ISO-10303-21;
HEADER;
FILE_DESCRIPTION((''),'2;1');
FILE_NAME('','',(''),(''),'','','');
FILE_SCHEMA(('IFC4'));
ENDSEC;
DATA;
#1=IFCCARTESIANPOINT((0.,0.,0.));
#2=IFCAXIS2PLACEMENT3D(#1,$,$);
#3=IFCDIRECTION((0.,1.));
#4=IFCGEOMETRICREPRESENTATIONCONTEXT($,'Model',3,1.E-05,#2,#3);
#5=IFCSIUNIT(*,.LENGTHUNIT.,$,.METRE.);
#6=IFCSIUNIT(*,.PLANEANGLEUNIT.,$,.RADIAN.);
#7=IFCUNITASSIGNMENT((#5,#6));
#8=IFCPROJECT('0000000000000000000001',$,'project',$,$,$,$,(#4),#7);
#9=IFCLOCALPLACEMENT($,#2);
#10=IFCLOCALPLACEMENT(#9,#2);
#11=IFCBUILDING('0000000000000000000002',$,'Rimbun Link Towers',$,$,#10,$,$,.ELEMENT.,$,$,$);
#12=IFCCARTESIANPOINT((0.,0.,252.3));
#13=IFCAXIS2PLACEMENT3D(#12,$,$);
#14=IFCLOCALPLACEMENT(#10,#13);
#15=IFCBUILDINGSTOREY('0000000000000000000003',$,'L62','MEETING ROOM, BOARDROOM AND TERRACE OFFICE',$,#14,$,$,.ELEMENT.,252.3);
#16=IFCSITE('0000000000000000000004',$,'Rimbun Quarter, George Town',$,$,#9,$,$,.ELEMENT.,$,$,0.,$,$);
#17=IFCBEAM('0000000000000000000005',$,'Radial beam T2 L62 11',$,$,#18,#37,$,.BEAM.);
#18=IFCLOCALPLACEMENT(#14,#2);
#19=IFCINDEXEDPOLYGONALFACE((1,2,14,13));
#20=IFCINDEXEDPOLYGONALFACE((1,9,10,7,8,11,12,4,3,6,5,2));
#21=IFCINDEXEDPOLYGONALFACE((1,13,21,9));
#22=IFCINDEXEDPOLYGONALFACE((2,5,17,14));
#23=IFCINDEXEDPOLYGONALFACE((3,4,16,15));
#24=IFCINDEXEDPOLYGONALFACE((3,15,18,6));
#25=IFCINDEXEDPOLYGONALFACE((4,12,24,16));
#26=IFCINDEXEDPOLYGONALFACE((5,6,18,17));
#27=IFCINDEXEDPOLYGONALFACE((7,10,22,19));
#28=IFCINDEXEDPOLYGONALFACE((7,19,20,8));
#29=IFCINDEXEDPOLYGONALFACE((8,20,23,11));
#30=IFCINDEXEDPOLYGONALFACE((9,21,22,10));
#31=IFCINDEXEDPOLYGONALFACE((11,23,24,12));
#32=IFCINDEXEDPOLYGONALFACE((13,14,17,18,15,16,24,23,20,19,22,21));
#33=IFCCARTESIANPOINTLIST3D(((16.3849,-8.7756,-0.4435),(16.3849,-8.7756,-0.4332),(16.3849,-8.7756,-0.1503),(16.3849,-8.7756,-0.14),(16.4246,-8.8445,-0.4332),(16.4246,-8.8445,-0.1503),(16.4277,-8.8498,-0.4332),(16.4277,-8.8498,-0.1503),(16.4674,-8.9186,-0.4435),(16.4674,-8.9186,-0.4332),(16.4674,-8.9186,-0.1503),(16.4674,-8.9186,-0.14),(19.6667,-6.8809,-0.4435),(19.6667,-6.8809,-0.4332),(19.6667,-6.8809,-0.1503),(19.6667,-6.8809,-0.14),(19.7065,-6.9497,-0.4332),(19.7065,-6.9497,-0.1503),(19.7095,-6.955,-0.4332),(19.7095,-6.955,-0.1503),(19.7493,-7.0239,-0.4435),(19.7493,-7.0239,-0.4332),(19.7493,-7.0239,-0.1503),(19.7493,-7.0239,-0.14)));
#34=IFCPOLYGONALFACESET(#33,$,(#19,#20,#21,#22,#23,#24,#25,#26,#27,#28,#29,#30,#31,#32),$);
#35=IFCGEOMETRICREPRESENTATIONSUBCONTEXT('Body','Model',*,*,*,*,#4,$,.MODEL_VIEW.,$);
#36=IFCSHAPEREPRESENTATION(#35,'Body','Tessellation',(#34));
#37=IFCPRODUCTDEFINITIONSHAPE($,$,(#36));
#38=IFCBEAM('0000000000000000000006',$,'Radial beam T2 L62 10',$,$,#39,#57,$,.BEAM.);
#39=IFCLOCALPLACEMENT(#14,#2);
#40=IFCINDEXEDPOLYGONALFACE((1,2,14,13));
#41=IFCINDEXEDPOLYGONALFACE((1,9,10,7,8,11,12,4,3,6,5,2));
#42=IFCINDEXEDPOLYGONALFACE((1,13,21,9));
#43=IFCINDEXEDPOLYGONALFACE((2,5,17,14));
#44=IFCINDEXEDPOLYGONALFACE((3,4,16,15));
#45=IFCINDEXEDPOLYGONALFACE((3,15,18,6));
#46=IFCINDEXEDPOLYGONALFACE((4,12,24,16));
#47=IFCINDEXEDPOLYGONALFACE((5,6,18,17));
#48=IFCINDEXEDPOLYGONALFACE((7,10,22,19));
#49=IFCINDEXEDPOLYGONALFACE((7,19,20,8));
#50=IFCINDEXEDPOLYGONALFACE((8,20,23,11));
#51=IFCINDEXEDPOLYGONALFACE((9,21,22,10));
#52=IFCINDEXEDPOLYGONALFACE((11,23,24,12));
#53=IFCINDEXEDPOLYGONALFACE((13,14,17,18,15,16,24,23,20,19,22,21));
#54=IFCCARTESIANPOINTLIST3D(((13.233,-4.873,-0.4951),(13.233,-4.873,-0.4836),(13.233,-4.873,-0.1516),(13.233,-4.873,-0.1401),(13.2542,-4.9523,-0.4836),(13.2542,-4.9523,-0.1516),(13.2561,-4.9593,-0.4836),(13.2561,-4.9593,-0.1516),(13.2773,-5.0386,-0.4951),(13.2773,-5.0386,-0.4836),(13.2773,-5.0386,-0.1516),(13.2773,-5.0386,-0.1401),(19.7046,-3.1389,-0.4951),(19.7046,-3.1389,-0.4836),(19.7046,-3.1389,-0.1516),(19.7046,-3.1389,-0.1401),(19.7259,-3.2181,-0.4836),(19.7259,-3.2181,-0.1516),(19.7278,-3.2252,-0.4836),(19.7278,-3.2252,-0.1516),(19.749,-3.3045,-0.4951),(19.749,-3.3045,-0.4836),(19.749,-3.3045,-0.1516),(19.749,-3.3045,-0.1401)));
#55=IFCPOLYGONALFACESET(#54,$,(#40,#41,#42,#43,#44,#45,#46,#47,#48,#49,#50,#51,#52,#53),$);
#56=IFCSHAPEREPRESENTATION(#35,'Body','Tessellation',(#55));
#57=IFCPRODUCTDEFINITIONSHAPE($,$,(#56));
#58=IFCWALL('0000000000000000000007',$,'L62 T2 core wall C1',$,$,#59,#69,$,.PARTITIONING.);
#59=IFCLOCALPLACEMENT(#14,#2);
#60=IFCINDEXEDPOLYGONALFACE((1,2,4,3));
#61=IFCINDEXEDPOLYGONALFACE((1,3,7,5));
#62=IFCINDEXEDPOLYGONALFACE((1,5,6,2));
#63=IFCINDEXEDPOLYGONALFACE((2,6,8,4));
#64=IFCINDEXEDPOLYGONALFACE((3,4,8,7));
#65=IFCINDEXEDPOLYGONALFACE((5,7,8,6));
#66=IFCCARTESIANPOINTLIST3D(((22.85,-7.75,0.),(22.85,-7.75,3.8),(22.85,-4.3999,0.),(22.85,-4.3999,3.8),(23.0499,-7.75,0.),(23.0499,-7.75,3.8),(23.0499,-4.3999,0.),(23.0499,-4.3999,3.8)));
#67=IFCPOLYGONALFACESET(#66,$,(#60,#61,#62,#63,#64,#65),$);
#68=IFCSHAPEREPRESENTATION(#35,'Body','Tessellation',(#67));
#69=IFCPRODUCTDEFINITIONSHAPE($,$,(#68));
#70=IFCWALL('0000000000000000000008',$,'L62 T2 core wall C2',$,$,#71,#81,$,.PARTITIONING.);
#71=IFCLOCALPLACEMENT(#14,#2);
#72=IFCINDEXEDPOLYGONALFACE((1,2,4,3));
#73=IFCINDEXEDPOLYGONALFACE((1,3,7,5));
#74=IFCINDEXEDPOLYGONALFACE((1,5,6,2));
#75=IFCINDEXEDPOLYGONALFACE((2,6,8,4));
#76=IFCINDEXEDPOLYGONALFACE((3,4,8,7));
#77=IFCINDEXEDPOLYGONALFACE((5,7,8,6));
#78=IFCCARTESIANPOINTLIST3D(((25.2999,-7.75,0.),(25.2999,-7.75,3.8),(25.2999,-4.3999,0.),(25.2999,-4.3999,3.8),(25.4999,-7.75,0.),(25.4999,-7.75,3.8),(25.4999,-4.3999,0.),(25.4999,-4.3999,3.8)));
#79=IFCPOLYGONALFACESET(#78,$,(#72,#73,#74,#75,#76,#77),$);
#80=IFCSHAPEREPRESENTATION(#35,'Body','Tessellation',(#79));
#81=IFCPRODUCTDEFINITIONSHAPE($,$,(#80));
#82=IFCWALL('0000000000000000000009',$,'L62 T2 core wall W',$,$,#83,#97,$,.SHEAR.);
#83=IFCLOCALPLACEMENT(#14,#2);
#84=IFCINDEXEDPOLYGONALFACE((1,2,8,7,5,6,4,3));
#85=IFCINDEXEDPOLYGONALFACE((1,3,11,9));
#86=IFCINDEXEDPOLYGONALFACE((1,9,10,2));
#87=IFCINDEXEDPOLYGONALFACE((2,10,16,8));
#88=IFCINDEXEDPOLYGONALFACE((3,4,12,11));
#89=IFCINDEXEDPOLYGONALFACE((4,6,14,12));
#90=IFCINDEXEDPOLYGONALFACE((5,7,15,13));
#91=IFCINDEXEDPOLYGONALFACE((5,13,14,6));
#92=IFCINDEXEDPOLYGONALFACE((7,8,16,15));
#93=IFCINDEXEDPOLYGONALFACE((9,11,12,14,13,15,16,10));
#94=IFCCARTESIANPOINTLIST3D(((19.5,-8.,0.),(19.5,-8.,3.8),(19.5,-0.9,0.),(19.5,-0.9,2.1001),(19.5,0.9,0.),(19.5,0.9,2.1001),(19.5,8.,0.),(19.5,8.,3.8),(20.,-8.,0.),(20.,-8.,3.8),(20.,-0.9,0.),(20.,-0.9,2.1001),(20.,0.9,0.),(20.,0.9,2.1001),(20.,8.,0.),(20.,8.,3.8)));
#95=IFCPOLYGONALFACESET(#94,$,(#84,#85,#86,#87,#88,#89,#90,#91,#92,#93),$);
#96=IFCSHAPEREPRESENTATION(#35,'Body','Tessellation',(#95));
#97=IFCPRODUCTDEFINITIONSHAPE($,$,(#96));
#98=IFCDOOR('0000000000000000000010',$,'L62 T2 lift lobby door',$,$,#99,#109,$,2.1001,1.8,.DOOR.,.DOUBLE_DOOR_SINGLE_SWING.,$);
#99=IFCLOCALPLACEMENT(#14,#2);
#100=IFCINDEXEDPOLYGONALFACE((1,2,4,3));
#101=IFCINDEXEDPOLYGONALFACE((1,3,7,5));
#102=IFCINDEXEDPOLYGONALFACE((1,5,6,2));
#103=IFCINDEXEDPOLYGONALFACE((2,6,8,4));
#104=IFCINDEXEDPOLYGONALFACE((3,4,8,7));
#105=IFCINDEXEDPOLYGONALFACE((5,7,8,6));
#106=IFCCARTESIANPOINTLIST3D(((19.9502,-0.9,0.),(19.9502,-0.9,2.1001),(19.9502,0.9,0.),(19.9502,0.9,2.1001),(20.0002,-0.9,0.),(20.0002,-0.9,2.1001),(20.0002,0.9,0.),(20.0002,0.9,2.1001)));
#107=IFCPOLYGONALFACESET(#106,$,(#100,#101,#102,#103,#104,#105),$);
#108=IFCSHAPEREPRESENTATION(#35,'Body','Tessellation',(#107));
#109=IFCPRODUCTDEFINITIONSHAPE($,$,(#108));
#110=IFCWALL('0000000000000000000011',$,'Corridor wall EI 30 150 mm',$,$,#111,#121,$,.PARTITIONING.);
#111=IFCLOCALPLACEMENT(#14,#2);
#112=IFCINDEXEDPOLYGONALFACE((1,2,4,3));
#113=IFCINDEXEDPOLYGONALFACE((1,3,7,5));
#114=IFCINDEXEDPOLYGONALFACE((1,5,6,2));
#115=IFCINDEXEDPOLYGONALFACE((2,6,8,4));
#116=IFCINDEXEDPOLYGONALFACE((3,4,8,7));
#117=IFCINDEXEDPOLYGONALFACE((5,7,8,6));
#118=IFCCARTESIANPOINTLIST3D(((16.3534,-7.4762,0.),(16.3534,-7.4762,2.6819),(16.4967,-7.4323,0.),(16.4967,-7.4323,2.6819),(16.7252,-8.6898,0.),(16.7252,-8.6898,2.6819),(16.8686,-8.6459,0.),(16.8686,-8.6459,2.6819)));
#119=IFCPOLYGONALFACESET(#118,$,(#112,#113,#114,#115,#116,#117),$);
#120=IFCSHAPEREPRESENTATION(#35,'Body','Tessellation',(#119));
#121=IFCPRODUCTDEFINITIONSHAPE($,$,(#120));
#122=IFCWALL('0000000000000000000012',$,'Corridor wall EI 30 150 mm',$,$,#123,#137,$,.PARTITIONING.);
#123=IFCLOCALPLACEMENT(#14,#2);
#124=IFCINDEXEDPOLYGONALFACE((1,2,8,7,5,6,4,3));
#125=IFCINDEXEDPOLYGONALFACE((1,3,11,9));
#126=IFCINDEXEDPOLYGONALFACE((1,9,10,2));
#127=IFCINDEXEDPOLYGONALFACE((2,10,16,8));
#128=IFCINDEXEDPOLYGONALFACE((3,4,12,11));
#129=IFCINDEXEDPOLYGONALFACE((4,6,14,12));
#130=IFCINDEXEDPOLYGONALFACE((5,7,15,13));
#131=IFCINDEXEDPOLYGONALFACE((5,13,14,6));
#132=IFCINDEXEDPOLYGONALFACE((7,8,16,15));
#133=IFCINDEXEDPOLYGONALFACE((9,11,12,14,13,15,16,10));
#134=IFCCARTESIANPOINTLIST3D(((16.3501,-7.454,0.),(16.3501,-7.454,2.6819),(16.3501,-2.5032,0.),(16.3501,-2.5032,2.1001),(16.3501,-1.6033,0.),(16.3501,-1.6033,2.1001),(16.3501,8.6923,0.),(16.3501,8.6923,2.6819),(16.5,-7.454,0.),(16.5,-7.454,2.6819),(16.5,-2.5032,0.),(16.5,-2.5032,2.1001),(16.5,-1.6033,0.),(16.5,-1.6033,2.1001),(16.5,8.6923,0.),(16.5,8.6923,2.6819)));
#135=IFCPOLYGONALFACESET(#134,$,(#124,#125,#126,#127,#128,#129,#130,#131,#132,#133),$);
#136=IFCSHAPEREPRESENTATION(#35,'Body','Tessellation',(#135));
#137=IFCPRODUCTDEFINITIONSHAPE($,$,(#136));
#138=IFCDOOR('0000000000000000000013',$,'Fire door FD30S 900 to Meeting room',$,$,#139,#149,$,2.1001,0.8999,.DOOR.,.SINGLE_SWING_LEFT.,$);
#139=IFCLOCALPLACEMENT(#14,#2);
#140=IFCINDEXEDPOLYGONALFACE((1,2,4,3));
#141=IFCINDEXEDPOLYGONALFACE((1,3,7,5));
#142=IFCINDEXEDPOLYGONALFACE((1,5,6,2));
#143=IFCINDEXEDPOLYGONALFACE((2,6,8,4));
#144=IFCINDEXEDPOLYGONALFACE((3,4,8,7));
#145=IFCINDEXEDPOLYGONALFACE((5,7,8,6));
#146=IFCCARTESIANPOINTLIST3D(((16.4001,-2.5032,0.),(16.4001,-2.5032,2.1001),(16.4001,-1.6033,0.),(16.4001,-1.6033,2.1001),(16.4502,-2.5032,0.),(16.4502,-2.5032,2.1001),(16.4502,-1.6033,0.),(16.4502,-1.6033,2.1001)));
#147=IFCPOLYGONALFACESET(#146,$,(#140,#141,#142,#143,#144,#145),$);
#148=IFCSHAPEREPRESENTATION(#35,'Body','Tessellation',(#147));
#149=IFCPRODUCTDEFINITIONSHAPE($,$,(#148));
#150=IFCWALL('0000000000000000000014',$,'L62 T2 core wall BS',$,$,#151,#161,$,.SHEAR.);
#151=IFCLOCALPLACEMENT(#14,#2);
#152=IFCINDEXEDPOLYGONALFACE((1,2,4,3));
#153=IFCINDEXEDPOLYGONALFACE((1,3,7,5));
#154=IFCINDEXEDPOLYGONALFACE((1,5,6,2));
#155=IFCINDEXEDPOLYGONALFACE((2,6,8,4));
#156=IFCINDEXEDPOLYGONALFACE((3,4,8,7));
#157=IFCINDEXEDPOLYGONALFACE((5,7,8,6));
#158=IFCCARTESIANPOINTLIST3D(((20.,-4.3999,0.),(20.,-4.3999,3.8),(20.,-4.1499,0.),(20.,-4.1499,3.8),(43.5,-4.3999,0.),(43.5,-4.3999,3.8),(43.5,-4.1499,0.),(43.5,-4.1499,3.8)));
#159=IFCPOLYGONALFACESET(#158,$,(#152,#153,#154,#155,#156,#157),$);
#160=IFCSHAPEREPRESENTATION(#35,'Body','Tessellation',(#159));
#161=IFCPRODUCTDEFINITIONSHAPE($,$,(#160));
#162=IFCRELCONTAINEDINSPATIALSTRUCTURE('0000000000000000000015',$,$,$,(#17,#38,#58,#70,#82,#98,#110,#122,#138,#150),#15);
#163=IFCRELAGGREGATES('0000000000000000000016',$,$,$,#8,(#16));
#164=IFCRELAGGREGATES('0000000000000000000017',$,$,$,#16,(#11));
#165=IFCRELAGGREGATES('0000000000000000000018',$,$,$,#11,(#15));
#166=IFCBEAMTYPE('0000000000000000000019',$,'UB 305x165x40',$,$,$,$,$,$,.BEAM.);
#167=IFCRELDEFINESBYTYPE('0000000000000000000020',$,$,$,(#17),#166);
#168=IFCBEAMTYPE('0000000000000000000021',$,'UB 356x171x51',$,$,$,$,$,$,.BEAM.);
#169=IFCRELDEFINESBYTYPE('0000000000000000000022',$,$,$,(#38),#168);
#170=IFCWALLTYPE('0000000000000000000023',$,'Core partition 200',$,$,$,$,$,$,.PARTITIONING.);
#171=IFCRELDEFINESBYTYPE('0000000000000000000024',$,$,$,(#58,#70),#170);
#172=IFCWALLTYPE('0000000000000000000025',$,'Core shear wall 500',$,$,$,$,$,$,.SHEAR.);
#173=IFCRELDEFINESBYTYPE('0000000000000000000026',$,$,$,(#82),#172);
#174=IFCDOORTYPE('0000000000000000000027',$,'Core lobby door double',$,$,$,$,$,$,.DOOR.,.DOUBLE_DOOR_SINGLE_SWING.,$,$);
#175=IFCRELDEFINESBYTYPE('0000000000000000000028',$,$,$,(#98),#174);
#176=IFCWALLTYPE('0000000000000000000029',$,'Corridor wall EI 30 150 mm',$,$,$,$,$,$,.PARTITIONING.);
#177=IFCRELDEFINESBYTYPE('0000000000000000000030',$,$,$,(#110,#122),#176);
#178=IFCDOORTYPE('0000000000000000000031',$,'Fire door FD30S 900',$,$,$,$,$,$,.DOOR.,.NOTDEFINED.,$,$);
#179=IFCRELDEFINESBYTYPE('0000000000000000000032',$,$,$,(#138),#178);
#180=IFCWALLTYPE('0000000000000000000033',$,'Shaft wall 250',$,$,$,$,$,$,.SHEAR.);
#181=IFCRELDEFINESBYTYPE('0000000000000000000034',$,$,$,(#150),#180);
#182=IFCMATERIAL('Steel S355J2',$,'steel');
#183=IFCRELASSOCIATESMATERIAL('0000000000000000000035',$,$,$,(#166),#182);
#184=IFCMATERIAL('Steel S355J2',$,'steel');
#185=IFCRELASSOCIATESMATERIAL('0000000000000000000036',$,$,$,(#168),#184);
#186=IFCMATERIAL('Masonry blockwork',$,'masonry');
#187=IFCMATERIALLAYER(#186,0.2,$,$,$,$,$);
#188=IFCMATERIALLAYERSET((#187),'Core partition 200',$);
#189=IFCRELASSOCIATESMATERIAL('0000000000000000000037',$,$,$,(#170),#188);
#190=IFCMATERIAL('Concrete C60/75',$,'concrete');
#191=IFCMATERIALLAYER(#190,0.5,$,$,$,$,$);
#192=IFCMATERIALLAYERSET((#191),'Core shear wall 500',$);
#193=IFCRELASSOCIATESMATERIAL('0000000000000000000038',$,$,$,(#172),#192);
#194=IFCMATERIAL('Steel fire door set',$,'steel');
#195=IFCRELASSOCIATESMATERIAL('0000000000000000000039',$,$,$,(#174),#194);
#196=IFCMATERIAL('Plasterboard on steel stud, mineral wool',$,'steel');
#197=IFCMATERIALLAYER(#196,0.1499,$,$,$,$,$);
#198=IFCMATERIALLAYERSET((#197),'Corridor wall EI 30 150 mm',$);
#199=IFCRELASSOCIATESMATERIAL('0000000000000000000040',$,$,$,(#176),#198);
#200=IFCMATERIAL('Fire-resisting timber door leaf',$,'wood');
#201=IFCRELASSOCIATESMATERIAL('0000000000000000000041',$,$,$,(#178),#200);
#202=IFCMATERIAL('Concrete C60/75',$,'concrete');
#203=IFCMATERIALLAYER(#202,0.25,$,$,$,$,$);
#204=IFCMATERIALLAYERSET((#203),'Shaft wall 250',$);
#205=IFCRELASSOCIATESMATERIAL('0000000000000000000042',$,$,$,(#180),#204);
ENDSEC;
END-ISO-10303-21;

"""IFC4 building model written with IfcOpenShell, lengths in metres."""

from ifc_helpers import new_model, si_unit, direction, frame, frame_2d, origin, origin_2d, place, context, subcontext, project, spatial, rectangle, i_section, extrude, material, layer, layer_set, material_profile, profile_set, type_object, element, fill, save


model = new_model("IFC4")

# Units and contexts
model_context = context("Model", 3, precision=1e-05, world=origin(), true_north=direction((0.0, 1.0)))
body_context = subcontext(model_context, "Body", "Model", "MODEL_VIEW")
ifc_project = project(units=[si_unit("LENGTHUNIT", "METRE"), si_unit("PLANEANGLEUNIT", "RADIAN")], contexts=[model_context])

# Site, building, storey
site_placement = place(None, origin())
site = spatial("IfcSite", under=ifc_project, at=site_placement, Name="Rimbun Quarter, George Town", CompositionType="ELEMENT", RefElevation=0.0)
building_placement = place(site_placement, origin())
building = spatial("IfcBuilding", under=site, at=building_placement, Name="Rimbun Link Towers", CompositionType="ELEMENT")
storey_placement = place(building_placement, frame((0.0, 0.0, 252.3)))
storey = spatial("IfcBuildingStorey", under=building, at=storey_placement, Name="L62", Description="MEETING ROOM, BOARDROOM AND TERRACE OFFICE", CompositionType="ELEMENT", Elevation=252.3)

# Beams
ifc_material_1 = material(Name="Steel S355J2", Category="steel")
ifc_material_profile_1 = material_profile(ifc_material_1, i_section(OverallWidth=0.165, OverallDepth=0.3035, WebThickness=0.0061, FlangeThickness=0.0103, at=origin_2d()), Name="UB 305x165x40")
ifc_profile_set_1 = profile_set([ifc_material_profile_1], Name="Steel S355J2")
beam_type_1 = type_object("IfcBeamType", Name="UB 305x165x40", PredefinedType="BEAM", material=ifc_profile_set_1)
beam_1_placement = place(storey_placement, frame((19.708, -6.9524, -0.2917), z_axis=(-0.866034, -0.499985, 0.0), x_axis=(0.499985, -0.866034, 0.0)))
element("IfcBeam", 1, at=beam_1_placement, inside=storey, type_object=beam_type_1, Name="Radial beam T2 L62 11", PredefinedType="BEAM", context=body_context, shape_type="SweptSolid", body=[
    extrude(i_section(OverallWidth=0.165, OverallDepth=0.3035, WebThickness=0.0061, FlangeThickness=0.0103, at=origin_2d()), origin(), (0.0, 0.0, 1.0), 3.7896),
])
ifc_material_2 = material(Name="Steel S355J2", Category="steel")
ifc_material_profile_2 = material_profile(ifc_material_2, i_section(OverallWidth=0.1714, OverallDepth=0.355, WebThickness=0.0073, FlangeThickness=0.0115, at=origin_2d()), Name="UB 356x171x51")
ifc_profile_set_2 = profile_set([ifc_material_profile_2], Name="Steel S355J2")
beam_type_2 = type_object("IfcBeamType", Name="UB 356x171x51", PredefinedType="BEAM", material=ifc_profile_set_2)
beam_2_placement = place(storey_placement, frame((19.7268, -3.2217, -0.3176), z_axis=(-0.965924, -0.258826, 0.0), x_axis=(0.258826, -0.965924, 0.0)))
element("IfcBeam", 2, at=beam_2_placement, inside=storey, type_object=beam_type_2, Name="Radial beam T2 L62 10", PredefinedType="BEAM", context=body_context, shape_type="SweptSolid", body=[
    extrude(i_section(OverallWidth=0.1714, OverallDepth=0.355, WebThickness=0.0073, FlangeThickness=0.0115, at=origin_2d()), origin(), (0.0, 0.0, 1.0), 6.7),
])

# Walls
ifc_material_3 = material(Name="Masonry blockwork", Category="masonry")
ifc_layer_1 = layer(ifc_material_3, 0.2)
ifc_layer_set_1 = layer_set([ifc_layer_1], Name="Core partition 200")
wall_type_1 = type_object("IfcWallType", Name="Core partition 200", PredefinedType="PARTITIONING", material=ifc_layer_set_1)
for number, where, z_axis, x_axis, name in (
    (3, (22.95, -4.3999, 0.0), (0.0, 0.0, 1.0), (0.0, -1.0, 0.0), "L62 T2 core wall C1"),
    (4, (25.3999, -4.3999, 0.0), (0.0, 0.0, 1.0), (0.0, -1.0, 0.0), "L62 T2 core wall C2"),
):
    element("IfcWall", number, at=place(storey_placement, frame(where, z_axis=z_axis, x_axis=x_axis)), inside=storey, type_object=wall_type_1, Name=name, PredefinedType="PARTITIONING", context=body_context, shape_type="SweptSolid", body=[
        extrude(rectangle(XDim=3.3501, YDim=0.2, at=frame_2d((1.675, 0.0))), origin(), (0.0, 0.0, 1.0), 3.8),
    ])

# Wall, opening, door
ifc_material_4 = material(Name="Concrete C60/75", Category="concrete")
ifc_layer_2 = layer(ifc_material_4, 0.5)
ifc_layer_set_2 = layer_set([ifc_layer_2], Name="Core shear wall 500")
wall_type_2 = type_object("IfcWallType", Name="Core shear wall 500", PredefinedType="SHEAR", material=ifc_layer_set_2)
wall_1_placement = place(storey_placement, frame((19.75, -8.0, 0.0), z_axis=(0.0, 0.0, 1.0), x_axis=(0.0, 1.0, 0.0)))
wall_1 = element("IfcWall", 5, at=wall_1_placement, inside=storey, type_object=wall_type_2, Name="L62 T2 core wall W", PredefinedType="SHEAR", context=body_context, shape_type="SweptSolid", body=[
    extrude(rectangle(XDim=16.0, YDim=0.5, at=frame_2d((8.0, 0.0))), origin(), (0.0, 0.0, 1.0), 3.8),
])
opening_1_placement = place(wall_1_placement, frame((7.1001, 0.0, 0.0)))
opening_1 = element("IfcOpeningElement", 6, at=opening_1_placement, cuts=wall_1, PredefinedType="OPENING", context=body_context, shape_type="SweptSolid", body=[
    extrude(rectangle(XDim=1.8, YDim=2.1001, at=frame_2d((0.8999, 1.05))), frame((0.0, 0.26, 0.0), z_axis=(0.0, -1.0, 0.0), x_axis=(1.0, 0.0, 0.0)), (0.0, 0.0, 1.0), 0.52),
])
ifc_material_5 = material(Name="Steel fire door set", Category="steel")
door_type_1 = type_object("IfcDoorType", Name="Core lobby door double", OperationType="DOUBLE_DOOR_SINGLE_SWING", PredefinedType="DOOR", material=ifc_material_5)
door_1_placement = place(opening_1_placement, origin())
door_1 = element("IfcDoor", 7, at=door_1_placement, inside=storey, type_object=door_type_1, Name="L62 T2 lift lobby door", OperationType="DOUBLE_DOOR_SINGLE_SWING", OverallHeight=2.1001, OverallWidth=1.8, PredefinedType="DOOR", context=body_context, shape_type="SweptSolid", body=[
    extrude(rectangle(XDim=1.8, YDim=2.1001, at=frame_2d((0.8999, 1.05))), frame((0.0, -0.2002, 0.0), z_axis=(0.0, -1.0, 0.0), x_axis=(1.0, 0.0, 0.0)), (0.0, 0.0, 1.0), 0.05),
])
fill(opening_1, door_1)

# Wall
ifc_material_6 = material(Name="Plasterboard on steel stud, mineral wool", Category="steel")
ifc_layer_3 = layer(ifc_material_6, 0.1499)
ifc_layer_set_3 = layer_set([ifc_layer_3], Name="Corridor wall EI 30 150 mm")
wall_type_3 = type_object("IfcWallType", Name="Corridor wall EI 30 150 mm", PredefinedType="PARTITIONING", material=ifc_layer_set_3)
wall_2_placement = place(storey_placement, frame((16.425, -7.4541, 0.0), z_axis=(0.0, 0.0, 1.0), x_axis=(0.292937, -0.956132, 0.0)))
element("IfcWall", 8, at=wall_2_placement, inside=storey, type_object=wall_type_3, Name="Corridor wall EI 30 150 mm", PredefinedType="PARTITIONING", context=body_context, shape_type="SweptSolid", body=[
    extrude(rectangle(XDim=1.2693, YDim=0.1499, at=frame_2d((0.6348, 0.0))), origin(), (0.0, 0.0, 1.0), 2.6819),
])

# Wall, opening, door
wall_3_placement = place(storey_placement, frame((16.425, -7.4541, 0.0), z_axis=(0.0, 0.0, 1.0), x_axis=(0.0, 1.0, 0.0)))
wall_3 = element("IfcWall", 9, at=wall_3_placement, inside=storey, type_object=wall_type_3, Name="Corridor wall EI 30 150 mm", PredefinedType="PARTITIONING", context=body_context, shape_type="SweptSolid", body=[
    extrude(rectangle(XDim=16.1462, YDim=0.1499, at=frame_2d((8.0732, 0.0))), origin(), (0.0, 0.0, 1.0), 2.6819),
])
opening_2_placement = place(wall_3_placement, frame((4.9509, 0.0, 0.0)))
opening_2 = element("IfcOpeningElement", 10, at=opening_2_placement, cuts=wall_3, PredefinedType="OPENING", context=body_context, shape_type="SweptSolid", body=[
    extrude(rectangle(XDim=0.8999, YDim=2.1001, at=frame_2d((0.45, 1.05))), frame((0.0, 0.085, 0.0), z_axis=(0.0, -1.0, 0.0), x_axis=(1.0, 0.0, 0.0)), (0.0, 0.0, 1.0), 0.1699),
])
ifc_material_7 = material(Name="Fire-resisting timber door leaf", Category="wood")
door_type_2 = type_object("IfcDoorType", Name="Fire door FD30S 900", OperationType="NOTDEFINED", PredefinedType="DOOR", material=ifc_material_7)
door_2_placement = place(opening_2_placement, origin())
door_2 = element("IfcDoor", 11, at=door_2_placement, inside=storey, type_object=door_type_2, Name="Fire door FD30S 900 to Meeting room", OperationType="SINGLE_SWING_LEFT", OverallHeight=2.1001, OverallWidth=0.8999, PredefinedType="DOOR", context=body_context, shape_type="SweptSolid", body=[
    extrude(rectangle(XDim=0.8999, YDim=2.1001, at=frame_2d((0.45, 1.05))), frame((0.0, 0.0249, 0.0), z_axis=(0.0, -1.0, 0.0), x_axis=(1.0, 0.0, 0.0)), (0.0, 0.0, 1.0), 0.05),
])
fill(opening_2, door_2)

# Wall
ifc_material_8 = material(Name="Concrete C60/75", Category="concrete")
ifc_layer_4 = layer(ifc_material_8, 0.25)
ifc_layer_set_4 = layer_set([ifc_layer_4], Name="Shaft wall 250")
wall_type_4 = type_object("IfcWallType", Name="Shaft wall 250", PredefinedType="SHEAR", material=ifc_layer_set_4)
wall_4_placement = place(storey_placement, frame((20.0, -4.2749, 0.0), z_axis=(0.0, 0.0, 1.0), x_axis=(1.0, 0.0, 0.0)))
element("IfcWall", 12, at=wall_4_placement, inside=storey, type_object=wall_type_4, Name="L62 T2 core wall BS", PredefinedType="SHEAR", context=body_context, shape_type="SweptSolid", body=[
    extrude(rectangle(XDim=23.5, YDim=0.25, at=frame_2d((11.75, 0.0))), origin(), (0.0, 0.0, 1.0), 3.8),
])

save(model, "model.ifc")
